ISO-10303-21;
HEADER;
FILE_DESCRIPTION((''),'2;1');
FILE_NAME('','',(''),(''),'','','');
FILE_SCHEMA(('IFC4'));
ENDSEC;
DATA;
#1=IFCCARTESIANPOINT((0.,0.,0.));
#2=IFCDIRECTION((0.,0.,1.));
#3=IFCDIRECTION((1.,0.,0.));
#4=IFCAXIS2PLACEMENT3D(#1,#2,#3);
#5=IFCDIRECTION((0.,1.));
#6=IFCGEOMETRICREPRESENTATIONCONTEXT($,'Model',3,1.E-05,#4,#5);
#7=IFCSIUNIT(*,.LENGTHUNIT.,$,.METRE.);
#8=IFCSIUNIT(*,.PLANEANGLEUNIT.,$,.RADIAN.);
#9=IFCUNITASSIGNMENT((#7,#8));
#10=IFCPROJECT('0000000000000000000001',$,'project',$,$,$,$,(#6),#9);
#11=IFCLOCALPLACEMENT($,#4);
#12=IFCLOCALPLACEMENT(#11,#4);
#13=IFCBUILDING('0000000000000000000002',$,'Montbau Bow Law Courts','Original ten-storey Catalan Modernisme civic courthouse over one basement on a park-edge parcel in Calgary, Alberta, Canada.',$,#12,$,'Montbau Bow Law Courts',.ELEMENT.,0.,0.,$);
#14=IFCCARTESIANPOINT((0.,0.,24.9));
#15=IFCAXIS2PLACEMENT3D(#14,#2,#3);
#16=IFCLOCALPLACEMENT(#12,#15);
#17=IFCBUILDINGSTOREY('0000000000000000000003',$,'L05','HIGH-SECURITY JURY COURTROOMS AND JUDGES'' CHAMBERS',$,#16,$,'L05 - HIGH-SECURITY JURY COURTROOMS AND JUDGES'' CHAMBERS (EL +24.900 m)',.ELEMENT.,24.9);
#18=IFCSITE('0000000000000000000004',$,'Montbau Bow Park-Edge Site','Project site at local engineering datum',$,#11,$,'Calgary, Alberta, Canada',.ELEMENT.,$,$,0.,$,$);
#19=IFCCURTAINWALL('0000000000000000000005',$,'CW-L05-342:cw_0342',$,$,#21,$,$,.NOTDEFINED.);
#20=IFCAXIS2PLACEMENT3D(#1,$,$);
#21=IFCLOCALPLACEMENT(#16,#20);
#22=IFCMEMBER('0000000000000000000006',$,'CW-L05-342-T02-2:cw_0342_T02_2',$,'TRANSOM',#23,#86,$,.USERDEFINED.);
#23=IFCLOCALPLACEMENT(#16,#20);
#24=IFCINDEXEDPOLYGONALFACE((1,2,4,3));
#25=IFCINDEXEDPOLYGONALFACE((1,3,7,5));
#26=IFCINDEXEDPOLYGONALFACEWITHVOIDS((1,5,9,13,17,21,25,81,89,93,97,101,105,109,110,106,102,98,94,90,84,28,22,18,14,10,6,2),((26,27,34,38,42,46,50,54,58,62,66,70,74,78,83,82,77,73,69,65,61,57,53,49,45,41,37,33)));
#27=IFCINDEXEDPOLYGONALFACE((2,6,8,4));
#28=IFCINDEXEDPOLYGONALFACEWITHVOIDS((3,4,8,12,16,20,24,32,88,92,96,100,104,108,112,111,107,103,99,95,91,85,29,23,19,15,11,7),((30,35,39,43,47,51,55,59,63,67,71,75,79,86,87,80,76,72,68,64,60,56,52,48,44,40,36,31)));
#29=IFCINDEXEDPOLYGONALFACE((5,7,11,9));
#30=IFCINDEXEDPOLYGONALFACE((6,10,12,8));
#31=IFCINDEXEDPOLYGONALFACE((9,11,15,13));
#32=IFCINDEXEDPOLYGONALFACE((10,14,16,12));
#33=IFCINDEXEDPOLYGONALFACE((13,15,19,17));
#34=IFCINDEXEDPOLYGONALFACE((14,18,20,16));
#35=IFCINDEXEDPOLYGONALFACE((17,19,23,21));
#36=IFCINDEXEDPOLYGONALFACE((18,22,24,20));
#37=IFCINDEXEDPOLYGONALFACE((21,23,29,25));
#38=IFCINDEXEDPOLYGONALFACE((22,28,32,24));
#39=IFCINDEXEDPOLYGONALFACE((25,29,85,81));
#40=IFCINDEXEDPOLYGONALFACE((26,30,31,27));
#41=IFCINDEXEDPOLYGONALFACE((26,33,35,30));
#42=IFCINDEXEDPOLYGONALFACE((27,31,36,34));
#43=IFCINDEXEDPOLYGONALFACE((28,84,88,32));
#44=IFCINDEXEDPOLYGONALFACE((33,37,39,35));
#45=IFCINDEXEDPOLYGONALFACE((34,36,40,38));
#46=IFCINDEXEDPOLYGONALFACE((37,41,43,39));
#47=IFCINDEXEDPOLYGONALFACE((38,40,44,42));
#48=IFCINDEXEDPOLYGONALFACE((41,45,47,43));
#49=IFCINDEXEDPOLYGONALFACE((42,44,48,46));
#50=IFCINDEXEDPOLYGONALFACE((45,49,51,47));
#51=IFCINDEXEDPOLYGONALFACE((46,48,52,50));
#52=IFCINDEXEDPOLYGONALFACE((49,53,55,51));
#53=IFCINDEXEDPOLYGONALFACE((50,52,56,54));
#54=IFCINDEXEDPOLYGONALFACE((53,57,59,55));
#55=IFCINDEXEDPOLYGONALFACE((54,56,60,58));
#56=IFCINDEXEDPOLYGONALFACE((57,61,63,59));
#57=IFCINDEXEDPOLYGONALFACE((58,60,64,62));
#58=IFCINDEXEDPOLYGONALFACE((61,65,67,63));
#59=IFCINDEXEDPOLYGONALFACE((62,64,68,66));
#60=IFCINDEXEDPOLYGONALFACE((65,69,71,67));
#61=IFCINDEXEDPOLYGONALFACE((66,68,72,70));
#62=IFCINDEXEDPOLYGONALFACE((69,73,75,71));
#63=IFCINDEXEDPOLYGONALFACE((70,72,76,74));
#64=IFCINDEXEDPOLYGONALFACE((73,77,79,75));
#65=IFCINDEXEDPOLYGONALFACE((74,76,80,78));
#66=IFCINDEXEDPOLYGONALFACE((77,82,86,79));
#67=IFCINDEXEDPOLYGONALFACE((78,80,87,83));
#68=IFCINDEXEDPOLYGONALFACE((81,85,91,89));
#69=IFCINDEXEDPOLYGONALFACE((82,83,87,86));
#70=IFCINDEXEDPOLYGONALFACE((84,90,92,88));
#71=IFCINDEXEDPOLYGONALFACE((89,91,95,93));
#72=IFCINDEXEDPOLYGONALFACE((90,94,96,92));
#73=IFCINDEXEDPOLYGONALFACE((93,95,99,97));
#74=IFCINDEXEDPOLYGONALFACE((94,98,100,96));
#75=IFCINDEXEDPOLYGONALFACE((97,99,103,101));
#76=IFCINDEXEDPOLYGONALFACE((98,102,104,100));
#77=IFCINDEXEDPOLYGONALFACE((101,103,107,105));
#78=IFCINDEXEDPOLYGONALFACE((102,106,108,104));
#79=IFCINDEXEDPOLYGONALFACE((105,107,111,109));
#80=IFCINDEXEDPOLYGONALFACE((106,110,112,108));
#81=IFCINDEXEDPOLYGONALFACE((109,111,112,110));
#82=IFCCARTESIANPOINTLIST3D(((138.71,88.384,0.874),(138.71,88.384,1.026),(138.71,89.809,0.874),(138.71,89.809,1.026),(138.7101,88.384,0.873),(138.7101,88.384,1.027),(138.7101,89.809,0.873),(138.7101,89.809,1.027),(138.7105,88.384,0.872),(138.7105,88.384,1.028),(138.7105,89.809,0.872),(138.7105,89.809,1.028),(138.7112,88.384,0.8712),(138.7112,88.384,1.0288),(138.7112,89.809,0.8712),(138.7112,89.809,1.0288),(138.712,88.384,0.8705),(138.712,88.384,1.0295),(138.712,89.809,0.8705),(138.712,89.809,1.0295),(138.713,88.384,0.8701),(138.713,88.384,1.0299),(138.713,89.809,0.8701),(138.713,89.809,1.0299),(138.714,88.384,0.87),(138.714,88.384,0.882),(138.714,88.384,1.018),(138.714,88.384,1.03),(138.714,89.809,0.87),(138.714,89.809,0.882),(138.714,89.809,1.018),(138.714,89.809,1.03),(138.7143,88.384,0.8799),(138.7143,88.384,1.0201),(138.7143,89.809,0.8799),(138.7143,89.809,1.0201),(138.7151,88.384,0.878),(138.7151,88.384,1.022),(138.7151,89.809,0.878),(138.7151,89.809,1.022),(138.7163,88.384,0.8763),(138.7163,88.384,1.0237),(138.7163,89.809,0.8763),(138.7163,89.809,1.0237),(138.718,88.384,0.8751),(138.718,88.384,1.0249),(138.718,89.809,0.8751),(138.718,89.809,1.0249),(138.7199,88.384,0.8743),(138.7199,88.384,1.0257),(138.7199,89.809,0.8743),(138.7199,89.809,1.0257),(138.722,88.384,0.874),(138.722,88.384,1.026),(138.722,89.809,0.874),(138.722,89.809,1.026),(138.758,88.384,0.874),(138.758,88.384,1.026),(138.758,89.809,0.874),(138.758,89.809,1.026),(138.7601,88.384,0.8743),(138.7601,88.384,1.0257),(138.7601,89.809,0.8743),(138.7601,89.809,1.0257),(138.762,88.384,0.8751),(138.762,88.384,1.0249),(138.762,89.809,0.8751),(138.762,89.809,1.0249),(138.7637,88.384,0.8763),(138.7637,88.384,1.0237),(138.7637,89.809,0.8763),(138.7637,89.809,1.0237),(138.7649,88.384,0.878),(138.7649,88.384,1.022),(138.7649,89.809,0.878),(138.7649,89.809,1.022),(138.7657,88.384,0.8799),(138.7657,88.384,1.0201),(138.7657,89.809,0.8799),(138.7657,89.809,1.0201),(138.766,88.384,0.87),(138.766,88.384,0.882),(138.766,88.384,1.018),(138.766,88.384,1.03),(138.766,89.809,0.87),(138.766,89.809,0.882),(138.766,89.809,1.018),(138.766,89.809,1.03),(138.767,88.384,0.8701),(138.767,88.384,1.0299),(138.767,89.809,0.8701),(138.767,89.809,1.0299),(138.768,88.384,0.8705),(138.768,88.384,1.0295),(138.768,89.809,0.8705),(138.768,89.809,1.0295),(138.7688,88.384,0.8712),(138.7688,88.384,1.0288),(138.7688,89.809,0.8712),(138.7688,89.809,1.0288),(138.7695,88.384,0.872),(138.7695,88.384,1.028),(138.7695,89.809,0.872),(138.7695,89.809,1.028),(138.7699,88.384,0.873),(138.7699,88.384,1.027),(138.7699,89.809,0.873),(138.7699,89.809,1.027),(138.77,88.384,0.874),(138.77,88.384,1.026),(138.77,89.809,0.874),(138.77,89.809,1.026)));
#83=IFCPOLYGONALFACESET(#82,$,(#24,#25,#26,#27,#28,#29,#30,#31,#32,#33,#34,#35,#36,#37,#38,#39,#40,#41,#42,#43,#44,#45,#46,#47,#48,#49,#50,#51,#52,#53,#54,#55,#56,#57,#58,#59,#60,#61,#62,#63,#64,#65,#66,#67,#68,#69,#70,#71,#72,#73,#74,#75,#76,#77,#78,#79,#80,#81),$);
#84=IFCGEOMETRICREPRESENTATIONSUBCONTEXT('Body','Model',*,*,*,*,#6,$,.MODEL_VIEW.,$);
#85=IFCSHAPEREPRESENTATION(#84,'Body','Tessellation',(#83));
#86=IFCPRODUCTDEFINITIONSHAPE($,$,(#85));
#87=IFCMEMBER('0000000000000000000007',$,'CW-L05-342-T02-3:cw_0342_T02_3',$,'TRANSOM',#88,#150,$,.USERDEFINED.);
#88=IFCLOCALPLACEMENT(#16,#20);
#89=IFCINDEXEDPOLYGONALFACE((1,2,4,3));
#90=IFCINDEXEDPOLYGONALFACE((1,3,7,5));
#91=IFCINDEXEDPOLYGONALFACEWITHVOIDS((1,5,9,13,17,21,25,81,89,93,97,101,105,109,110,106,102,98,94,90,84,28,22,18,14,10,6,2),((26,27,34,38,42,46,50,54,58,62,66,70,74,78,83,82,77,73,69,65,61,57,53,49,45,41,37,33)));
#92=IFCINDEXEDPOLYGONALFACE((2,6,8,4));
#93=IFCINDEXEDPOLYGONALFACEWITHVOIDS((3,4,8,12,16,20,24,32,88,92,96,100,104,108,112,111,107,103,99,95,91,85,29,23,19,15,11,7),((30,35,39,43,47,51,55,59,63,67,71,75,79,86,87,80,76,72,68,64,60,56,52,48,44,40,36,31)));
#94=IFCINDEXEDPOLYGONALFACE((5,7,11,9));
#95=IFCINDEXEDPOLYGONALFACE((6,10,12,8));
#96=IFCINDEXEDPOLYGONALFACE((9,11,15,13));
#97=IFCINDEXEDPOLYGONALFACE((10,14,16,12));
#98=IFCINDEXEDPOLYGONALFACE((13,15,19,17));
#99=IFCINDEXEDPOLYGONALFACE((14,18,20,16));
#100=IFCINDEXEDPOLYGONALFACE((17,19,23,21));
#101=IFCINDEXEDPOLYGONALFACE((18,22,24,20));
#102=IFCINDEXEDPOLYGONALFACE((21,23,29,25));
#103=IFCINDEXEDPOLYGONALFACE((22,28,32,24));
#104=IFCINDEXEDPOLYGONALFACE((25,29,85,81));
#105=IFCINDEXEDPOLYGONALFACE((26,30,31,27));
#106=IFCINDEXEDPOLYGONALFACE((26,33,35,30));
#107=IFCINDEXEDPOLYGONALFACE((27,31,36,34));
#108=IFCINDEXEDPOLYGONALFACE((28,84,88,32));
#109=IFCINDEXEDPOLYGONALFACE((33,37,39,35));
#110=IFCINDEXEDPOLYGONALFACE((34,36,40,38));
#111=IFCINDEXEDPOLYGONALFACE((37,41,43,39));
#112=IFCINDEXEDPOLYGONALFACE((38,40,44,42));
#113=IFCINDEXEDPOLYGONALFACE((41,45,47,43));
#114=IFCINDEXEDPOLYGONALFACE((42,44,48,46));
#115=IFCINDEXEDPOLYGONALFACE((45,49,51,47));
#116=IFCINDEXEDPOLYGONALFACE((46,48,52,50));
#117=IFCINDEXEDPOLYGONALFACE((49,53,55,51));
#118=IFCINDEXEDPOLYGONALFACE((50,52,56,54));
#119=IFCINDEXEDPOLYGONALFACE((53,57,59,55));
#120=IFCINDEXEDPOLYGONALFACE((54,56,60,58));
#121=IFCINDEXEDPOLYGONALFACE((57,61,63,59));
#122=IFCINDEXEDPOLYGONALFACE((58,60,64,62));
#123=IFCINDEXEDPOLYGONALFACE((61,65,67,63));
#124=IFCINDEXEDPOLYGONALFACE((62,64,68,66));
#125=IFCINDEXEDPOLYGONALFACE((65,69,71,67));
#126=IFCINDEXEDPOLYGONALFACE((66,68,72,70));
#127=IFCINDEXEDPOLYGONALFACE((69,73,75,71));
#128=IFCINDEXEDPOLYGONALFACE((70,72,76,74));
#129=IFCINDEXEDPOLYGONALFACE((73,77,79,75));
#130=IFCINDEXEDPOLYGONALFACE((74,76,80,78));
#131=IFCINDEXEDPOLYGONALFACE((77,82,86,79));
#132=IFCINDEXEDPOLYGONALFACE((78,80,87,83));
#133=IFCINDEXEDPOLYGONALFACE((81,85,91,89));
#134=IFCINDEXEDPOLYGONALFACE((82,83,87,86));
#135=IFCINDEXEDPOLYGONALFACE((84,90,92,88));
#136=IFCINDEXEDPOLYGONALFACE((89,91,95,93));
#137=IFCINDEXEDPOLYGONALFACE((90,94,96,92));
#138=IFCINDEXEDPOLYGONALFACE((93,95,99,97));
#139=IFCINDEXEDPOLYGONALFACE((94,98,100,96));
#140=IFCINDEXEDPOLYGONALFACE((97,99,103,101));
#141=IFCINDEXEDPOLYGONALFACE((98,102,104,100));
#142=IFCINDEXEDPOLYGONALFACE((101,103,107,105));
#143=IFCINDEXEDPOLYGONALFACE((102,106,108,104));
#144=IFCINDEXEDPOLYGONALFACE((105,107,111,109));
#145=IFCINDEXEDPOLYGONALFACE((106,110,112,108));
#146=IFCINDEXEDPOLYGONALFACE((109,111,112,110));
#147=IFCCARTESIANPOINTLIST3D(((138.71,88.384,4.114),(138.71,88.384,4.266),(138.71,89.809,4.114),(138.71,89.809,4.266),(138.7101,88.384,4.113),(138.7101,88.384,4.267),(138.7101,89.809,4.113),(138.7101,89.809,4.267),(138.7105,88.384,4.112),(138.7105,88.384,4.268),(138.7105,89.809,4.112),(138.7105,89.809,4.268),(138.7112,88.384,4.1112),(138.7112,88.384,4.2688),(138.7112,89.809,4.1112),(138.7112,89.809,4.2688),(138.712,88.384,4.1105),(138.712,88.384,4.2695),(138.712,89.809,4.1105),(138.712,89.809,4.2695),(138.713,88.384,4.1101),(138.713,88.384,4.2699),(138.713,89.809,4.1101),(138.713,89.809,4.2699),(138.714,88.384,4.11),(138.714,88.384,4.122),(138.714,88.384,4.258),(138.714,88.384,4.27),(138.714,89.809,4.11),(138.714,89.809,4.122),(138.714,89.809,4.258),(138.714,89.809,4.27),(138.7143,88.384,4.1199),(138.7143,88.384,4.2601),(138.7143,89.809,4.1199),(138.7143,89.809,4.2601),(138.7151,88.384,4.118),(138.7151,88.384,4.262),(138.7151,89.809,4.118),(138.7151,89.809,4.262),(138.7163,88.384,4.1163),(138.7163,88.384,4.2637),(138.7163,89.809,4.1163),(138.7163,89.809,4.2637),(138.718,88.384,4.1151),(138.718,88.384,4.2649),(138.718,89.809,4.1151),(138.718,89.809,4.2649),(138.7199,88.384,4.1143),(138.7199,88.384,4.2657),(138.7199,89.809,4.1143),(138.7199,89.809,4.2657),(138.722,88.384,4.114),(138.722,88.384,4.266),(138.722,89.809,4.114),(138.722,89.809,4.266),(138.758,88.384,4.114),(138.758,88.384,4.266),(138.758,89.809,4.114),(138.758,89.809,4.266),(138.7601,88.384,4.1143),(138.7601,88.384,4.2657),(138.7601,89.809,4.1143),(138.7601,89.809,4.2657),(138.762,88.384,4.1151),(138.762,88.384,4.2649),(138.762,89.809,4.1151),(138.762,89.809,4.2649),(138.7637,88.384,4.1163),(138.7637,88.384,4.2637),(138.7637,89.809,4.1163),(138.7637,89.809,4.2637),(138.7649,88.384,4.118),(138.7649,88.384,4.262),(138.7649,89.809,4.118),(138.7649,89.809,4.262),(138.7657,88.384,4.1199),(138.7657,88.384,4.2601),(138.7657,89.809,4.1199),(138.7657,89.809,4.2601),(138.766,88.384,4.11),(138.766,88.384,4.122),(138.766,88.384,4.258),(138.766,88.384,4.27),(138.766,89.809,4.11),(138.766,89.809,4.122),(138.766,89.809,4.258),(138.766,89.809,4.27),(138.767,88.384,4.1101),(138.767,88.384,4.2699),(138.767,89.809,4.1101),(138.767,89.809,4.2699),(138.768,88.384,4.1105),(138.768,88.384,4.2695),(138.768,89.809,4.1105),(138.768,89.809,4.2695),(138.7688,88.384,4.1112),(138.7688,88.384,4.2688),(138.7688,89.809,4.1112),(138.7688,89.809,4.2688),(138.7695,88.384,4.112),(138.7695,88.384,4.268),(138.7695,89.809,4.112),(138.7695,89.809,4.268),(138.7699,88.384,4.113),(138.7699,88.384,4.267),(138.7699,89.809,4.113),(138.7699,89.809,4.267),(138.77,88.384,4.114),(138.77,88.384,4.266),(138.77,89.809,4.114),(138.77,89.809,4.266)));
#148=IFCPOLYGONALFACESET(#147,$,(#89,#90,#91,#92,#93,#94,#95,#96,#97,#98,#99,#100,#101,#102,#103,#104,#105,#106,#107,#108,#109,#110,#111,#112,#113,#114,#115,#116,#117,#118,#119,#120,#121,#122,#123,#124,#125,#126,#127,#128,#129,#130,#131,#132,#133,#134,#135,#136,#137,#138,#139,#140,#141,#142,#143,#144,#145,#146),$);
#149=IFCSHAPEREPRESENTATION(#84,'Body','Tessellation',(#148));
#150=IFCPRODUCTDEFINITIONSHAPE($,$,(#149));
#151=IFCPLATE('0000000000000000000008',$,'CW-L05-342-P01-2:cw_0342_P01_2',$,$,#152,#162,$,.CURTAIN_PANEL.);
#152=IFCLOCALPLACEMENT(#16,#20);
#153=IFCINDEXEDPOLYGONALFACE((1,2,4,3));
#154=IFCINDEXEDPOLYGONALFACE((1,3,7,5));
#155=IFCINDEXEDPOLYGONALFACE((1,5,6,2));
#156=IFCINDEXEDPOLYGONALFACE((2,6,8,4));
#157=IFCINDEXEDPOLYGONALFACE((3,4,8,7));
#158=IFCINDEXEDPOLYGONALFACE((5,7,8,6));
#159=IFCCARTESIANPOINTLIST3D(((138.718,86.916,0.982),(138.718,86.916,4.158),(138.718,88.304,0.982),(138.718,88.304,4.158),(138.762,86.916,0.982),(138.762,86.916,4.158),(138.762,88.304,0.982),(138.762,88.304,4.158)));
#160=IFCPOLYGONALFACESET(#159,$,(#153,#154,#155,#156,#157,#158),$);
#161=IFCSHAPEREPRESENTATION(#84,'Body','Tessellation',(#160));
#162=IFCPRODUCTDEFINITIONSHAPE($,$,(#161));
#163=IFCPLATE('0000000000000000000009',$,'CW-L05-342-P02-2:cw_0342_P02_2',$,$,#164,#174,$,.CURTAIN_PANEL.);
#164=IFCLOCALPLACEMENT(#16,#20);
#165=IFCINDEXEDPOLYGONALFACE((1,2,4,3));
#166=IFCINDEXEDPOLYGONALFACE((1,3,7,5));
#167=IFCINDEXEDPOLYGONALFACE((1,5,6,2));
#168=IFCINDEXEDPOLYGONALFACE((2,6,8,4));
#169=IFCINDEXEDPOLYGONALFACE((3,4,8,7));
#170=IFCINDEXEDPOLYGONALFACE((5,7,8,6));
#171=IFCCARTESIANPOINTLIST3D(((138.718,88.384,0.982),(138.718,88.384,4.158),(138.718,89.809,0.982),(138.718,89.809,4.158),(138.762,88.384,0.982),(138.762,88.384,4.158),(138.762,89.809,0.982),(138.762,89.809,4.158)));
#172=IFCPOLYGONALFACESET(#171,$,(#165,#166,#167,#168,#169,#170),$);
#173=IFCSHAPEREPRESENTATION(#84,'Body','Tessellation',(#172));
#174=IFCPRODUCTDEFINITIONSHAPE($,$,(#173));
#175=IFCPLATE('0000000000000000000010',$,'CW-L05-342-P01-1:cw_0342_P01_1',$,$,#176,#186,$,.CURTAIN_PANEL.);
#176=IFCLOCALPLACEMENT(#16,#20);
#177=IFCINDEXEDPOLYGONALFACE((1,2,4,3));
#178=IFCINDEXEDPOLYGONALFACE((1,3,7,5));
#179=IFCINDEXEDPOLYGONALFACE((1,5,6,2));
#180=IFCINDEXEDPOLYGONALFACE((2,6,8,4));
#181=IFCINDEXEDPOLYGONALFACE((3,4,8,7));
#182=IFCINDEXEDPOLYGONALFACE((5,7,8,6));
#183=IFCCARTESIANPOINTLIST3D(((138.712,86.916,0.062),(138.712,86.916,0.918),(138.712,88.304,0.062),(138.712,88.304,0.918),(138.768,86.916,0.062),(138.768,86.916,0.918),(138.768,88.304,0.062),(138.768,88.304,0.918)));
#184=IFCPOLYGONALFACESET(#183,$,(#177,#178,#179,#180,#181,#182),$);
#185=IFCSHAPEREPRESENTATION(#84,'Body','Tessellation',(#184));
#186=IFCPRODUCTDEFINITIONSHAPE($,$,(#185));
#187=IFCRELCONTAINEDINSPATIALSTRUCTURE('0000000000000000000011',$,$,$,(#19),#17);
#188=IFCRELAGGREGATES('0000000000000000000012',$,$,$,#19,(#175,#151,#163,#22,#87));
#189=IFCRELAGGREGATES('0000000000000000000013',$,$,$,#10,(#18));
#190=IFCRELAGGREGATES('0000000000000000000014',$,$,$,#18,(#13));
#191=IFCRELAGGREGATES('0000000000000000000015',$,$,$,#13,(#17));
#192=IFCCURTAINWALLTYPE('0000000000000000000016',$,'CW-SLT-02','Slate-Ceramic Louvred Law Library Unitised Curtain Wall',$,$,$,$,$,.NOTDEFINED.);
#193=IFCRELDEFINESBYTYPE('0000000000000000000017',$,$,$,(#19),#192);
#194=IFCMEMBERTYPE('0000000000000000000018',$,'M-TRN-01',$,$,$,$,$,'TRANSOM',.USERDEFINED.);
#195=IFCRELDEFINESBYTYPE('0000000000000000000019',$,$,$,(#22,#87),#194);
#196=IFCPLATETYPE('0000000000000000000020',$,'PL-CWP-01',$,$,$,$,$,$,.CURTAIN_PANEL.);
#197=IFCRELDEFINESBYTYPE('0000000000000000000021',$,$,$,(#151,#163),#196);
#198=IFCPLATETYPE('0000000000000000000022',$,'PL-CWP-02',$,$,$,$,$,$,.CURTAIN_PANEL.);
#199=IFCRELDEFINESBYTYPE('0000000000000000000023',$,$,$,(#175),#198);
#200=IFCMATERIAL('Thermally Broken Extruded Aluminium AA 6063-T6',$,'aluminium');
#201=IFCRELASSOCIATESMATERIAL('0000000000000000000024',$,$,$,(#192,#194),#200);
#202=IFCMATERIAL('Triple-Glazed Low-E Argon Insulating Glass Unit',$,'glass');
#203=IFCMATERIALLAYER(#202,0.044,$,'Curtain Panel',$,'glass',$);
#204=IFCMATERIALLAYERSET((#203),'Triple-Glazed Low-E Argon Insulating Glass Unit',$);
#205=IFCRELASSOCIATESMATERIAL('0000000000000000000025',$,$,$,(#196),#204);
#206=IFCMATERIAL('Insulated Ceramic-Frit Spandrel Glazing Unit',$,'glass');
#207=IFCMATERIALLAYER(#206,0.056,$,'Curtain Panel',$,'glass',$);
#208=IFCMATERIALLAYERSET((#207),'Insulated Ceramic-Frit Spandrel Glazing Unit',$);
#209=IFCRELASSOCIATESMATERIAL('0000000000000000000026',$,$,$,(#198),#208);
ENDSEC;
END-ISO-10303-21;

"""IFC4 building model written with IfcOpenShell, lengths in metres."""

from ifc_helpers import new_model, si_unit, direction, frame, frame_2d, origin_with_axes, origin_2d_with_axis, place, context, subcontext, project, spatial, rectangle, hollow_rectangle, extrude, material, layer, layer_set, material_profile, profile_set, type_object, element, aggregate, save


model = new_model("IFC4")

# Units and contexts
model_context = context("Model", 3, precision=1e-05, world=origin_with_axes(), true_north=direction((0.0, 1.0)))
body_context = subcontext(model_context, "Body", "Model", "MODEL_VIEW")
ifc_project = project(units=[si_unit("LENGTHUNIT", "METRE"), si_unit("PLANEANGLEUNIT", "RADIAN")], contexts=[model_context])

# Site, building, storey
site_placement = place(None, origin_with_axes())
site = spatial("IfcSite", under=ifc_project, at=site_placement, Name="Montbau Bow Park-Edge Site", Description="Project site at local engineering datum", LongName="Calgary, Alberta, Canada", CompositionType="ELEMENT", RefElevation=0.0)
building_placement = place(site_placement, origin_with_axes())
building = spatial("IfcBuilding", under=site, at=building_placement, Name="Montbau Bow Law Courts", Description="Original ten-storey Catalan Modernisme civic courthouse over one basement on a park-edge parcel in Calgary, Alberta, Canada.", LongName="Montbau Bow Law Courts", CompositionType="ELEMENT", ElevationOfRefHeight=0.0, ElevationOfTerrain=0.0)
storey_placement = place(building_placement, frame((0.0, 0.0, 24.9), z_axis=(0.0, 0.0, 1.0), x_axis=(1.0, 0.0, 0.0)))
storey = spatial("IfcBuildingStorey", under=building, at=storey_placement, Name="L05", Description="HIGH-SECURITY JURY COURTROOMS AND JUDGES' CHAMBERS", LongName="L05 - HIGH-SECURITY JURY COURTROOMS AND JUDGES' CHAMBERS (EL +24.900 m)", CompositionType="ELEMENT", Elevation=24.9)

# Curtain wall, members, plates
ifc_material_1 = material(Name="Thermally Broken Extruded Aluminium AA 6063-T6", Category="aluminium")
curtain_wall_type = type_object("IfcCurtainWallType", Name="CW-SLT-02", Description="Slate-Ceramic Louvred Law Library Unitised Curtain Wall", PredefinedType="NOTDEFINED", material=ifc_material_1)
curtain_wall_placement = place(None, frame((138.74, 86.84, 24.9), z_axis=(0.0, 0.0, 1.0), x_axis=(1.0, 0.0, 0.0)))
curtain_wall = element("IfcCurtainWall", 1, at=curtain_wall_placement, inside=storey, type_object=curtain_wall_type, Name="CW-L05-342:cw_0342", PredefinedType="NOTDEFINED")
ifc_material_profile_1 = material_profile(ifc_material_1, hollow_rectangle(XDim=0.06, YDim=0.16, WallThickness=0.004, InnerFilletRadius=0.008, OuterFilletRadius=0.004, at=origin_2d_with_axis()), Name="CWT-160X60", Category="Main", Priority=0)
ifc_profile_set_1 = profile_set([ifc_material_profile_1], Name="Thermally Broken Extruded Aluminium AA 6063-T6")
member_type_1 = type_object("IfcMemberType", Name="M-TRN-01", ElementType="TRANSOM", PredefinedType="USERDEFINED", material=ifc_profile_set_1)
member_1_placement = place(None, frame((138.74, 88.384, 25.85), z_axis=(0.0, 1.0, 0.0), x_axis=(-1.0, 0.0, 0.0)))
member_1 = element("IfcMember", 2, at=member_1_placement, type_object=member_type_1, Name="CW-L05-342-T02-2:cw_0342_T02_2", ObjectType="TRANSOM", PredefinedType="USERDEFINED", context=body_context, shape_type="SweptSolid", body=[
    extrude(hollow_rectangle(XDim=0.06, YDim=0.16, WallThickness=0.004, InnerFilletRadius=0.008, OuterFilletRadius=0.004, at=origin_2d_with_axis()), origin_with_axes(), (0.0, 0.0, 1.0), 1.425),
])
member_2_placement = place(None, frame((138.74, 88.384, 29.09), z_axis=(0.0, 1.0, 0.0), x_axis=(-1.0, 0.0, 0.0)))
member_2 = element("IfcMember", 3, at=member_2_placement, type_object=member_type_1, Name="CW-L05-342-T02-3:cw_0342_T02_3", ObjectType="TRANSOM", PredefinedType="USERDEFINED", context=body_context, shape_type="SweptSolid", body=[
    extrude(hollow_rectangle(XDim=0.06, YDim=0.16, WallThickness=0.004, InnerFilletRadius=0.008, OuterFilletRadius=0.004, at=origin_2d_with_axis()), origin_with_axes(), (0.0, 0.0, 1.0), 1.425),
])
ifc_material_2 = material(Name="Triple-Glazed Low-E Argon Insulating Glass Unit", Category="glass")
ifc_layer_1 = layer(ifc_material_2, 0.044, Name="Curtain Panel", Category="glass")
ifc_layer_set_1 = layer_set([ifc_layer_1], Name="Triple-Glazed Low-E Argon Insulating Glass Unit")
plate_type_1 = type_object("IfcPlateType", Name="PL-CWP-01", PredefinedType="CURTAIN_PANEL", material=ifc_layer_set_1)
plate_1_placement = place(None, frame((138.74, 86.916, 25.882), z_axis=(1.0, 0.0, 0.0), x_axis=(0.0, 1.0, 0.0)))
plate_1 = element("IfcPlate", 4, at=plate_1_placement, type_object=plate_type_1, Name="CW-L05-342-P01-2:cw_0342_P01_2", PredefinedType="CURTAIN_PANEL", context=body_context, shape_type="SweptSolid", body=[
    extrude(rectangle(XDim=1.388, YDim=3.176, at=frame_2d((0.694, 1.588), x_axis=(1.0, 0.0))), frame((0.0, 0.0, -0.022), z_axis=(0.0, 0.0, 1.0), x_axis=(1.0, 0.0, 0.0)), (0.0, 0.0, 1.0), 0.044),
])
plate_2_placement = place(None, frame((138.74, 88.384, 25.882), z_axis=(1.0, 0.0, 0.0), x_axis=(0.0, 1.0, 0.0)))
plate_2 = element("IfcPlate", 5, at=plate_2_placement, type_object=plate_type_1, Name="CW-L05-342-P02-2:cw_0342_P02_2", PredefinedType="CURTAIN_PANEL", context=body_context, shape_type="SweptSolid", body=[
    extrude(rectangle(XDim=1.425, YDim=3.176, at=frame_2d((0.7125, 1.588), x_axis=(1.0, 0.0))), frame((0.0, 0.0, -0.022), z_axis=(0.0, 0.0, 1.0), x_axis=(1.0, 0.0, 0.0)), (0.0, 0.0, 1.0), 0.044),
])
ifc_material_3 = material(Name="Insulated Ceramic-Frit Spandrel Glazing Unit", Category="glass")
ifc_layer_2 = layer(ifc_material_3, 0.056, Name="Curtain Panel", Category="glass")
ifc_layer_set_2 = layer_set([ifc_layer_2], Name="Insulated Ceramic-Frit Spandrel Glazing Unit")
plate_type_2 = type_object("IfcPlateType", Name="PL-CWP-02", PredefinedType="CURTAIN_PANEL", material=ifc_layer_set_2)
plate_3_placement = place(None, frame((138.74, 86.916, 24.962), z_axis=(1.0, 0.0, 0.0), x_axis=(0.0, 1.0, 0.0)))
plate_3 = element("IfcPlate", 6, at=plate_3_placement, type_object=plate_type_2, Name="CW-L05-342-P01-1:cw_0342_P01_1", PredefinedType="CURTAIN_PANEL", context=body_context, shape_type="SweptSolid", body=[
    extrude(rectangle(XDim=1.388, YDim=0.856, at=frame_2d((0.694, 0.428), x_axis=(1.0, 0.0))), frame((0.0, 0.0, -0.028), z_axis=(0.0, 0.0, 1.0), x_axis=(1.0, 0.0, 0.0)), (0.0, 0.0, 1.0), 0.056),
])
aggregate(curtain_wall, [plate_3, plate_1, plate_2, member_1, member_2])

save(model, "model.ifc")
